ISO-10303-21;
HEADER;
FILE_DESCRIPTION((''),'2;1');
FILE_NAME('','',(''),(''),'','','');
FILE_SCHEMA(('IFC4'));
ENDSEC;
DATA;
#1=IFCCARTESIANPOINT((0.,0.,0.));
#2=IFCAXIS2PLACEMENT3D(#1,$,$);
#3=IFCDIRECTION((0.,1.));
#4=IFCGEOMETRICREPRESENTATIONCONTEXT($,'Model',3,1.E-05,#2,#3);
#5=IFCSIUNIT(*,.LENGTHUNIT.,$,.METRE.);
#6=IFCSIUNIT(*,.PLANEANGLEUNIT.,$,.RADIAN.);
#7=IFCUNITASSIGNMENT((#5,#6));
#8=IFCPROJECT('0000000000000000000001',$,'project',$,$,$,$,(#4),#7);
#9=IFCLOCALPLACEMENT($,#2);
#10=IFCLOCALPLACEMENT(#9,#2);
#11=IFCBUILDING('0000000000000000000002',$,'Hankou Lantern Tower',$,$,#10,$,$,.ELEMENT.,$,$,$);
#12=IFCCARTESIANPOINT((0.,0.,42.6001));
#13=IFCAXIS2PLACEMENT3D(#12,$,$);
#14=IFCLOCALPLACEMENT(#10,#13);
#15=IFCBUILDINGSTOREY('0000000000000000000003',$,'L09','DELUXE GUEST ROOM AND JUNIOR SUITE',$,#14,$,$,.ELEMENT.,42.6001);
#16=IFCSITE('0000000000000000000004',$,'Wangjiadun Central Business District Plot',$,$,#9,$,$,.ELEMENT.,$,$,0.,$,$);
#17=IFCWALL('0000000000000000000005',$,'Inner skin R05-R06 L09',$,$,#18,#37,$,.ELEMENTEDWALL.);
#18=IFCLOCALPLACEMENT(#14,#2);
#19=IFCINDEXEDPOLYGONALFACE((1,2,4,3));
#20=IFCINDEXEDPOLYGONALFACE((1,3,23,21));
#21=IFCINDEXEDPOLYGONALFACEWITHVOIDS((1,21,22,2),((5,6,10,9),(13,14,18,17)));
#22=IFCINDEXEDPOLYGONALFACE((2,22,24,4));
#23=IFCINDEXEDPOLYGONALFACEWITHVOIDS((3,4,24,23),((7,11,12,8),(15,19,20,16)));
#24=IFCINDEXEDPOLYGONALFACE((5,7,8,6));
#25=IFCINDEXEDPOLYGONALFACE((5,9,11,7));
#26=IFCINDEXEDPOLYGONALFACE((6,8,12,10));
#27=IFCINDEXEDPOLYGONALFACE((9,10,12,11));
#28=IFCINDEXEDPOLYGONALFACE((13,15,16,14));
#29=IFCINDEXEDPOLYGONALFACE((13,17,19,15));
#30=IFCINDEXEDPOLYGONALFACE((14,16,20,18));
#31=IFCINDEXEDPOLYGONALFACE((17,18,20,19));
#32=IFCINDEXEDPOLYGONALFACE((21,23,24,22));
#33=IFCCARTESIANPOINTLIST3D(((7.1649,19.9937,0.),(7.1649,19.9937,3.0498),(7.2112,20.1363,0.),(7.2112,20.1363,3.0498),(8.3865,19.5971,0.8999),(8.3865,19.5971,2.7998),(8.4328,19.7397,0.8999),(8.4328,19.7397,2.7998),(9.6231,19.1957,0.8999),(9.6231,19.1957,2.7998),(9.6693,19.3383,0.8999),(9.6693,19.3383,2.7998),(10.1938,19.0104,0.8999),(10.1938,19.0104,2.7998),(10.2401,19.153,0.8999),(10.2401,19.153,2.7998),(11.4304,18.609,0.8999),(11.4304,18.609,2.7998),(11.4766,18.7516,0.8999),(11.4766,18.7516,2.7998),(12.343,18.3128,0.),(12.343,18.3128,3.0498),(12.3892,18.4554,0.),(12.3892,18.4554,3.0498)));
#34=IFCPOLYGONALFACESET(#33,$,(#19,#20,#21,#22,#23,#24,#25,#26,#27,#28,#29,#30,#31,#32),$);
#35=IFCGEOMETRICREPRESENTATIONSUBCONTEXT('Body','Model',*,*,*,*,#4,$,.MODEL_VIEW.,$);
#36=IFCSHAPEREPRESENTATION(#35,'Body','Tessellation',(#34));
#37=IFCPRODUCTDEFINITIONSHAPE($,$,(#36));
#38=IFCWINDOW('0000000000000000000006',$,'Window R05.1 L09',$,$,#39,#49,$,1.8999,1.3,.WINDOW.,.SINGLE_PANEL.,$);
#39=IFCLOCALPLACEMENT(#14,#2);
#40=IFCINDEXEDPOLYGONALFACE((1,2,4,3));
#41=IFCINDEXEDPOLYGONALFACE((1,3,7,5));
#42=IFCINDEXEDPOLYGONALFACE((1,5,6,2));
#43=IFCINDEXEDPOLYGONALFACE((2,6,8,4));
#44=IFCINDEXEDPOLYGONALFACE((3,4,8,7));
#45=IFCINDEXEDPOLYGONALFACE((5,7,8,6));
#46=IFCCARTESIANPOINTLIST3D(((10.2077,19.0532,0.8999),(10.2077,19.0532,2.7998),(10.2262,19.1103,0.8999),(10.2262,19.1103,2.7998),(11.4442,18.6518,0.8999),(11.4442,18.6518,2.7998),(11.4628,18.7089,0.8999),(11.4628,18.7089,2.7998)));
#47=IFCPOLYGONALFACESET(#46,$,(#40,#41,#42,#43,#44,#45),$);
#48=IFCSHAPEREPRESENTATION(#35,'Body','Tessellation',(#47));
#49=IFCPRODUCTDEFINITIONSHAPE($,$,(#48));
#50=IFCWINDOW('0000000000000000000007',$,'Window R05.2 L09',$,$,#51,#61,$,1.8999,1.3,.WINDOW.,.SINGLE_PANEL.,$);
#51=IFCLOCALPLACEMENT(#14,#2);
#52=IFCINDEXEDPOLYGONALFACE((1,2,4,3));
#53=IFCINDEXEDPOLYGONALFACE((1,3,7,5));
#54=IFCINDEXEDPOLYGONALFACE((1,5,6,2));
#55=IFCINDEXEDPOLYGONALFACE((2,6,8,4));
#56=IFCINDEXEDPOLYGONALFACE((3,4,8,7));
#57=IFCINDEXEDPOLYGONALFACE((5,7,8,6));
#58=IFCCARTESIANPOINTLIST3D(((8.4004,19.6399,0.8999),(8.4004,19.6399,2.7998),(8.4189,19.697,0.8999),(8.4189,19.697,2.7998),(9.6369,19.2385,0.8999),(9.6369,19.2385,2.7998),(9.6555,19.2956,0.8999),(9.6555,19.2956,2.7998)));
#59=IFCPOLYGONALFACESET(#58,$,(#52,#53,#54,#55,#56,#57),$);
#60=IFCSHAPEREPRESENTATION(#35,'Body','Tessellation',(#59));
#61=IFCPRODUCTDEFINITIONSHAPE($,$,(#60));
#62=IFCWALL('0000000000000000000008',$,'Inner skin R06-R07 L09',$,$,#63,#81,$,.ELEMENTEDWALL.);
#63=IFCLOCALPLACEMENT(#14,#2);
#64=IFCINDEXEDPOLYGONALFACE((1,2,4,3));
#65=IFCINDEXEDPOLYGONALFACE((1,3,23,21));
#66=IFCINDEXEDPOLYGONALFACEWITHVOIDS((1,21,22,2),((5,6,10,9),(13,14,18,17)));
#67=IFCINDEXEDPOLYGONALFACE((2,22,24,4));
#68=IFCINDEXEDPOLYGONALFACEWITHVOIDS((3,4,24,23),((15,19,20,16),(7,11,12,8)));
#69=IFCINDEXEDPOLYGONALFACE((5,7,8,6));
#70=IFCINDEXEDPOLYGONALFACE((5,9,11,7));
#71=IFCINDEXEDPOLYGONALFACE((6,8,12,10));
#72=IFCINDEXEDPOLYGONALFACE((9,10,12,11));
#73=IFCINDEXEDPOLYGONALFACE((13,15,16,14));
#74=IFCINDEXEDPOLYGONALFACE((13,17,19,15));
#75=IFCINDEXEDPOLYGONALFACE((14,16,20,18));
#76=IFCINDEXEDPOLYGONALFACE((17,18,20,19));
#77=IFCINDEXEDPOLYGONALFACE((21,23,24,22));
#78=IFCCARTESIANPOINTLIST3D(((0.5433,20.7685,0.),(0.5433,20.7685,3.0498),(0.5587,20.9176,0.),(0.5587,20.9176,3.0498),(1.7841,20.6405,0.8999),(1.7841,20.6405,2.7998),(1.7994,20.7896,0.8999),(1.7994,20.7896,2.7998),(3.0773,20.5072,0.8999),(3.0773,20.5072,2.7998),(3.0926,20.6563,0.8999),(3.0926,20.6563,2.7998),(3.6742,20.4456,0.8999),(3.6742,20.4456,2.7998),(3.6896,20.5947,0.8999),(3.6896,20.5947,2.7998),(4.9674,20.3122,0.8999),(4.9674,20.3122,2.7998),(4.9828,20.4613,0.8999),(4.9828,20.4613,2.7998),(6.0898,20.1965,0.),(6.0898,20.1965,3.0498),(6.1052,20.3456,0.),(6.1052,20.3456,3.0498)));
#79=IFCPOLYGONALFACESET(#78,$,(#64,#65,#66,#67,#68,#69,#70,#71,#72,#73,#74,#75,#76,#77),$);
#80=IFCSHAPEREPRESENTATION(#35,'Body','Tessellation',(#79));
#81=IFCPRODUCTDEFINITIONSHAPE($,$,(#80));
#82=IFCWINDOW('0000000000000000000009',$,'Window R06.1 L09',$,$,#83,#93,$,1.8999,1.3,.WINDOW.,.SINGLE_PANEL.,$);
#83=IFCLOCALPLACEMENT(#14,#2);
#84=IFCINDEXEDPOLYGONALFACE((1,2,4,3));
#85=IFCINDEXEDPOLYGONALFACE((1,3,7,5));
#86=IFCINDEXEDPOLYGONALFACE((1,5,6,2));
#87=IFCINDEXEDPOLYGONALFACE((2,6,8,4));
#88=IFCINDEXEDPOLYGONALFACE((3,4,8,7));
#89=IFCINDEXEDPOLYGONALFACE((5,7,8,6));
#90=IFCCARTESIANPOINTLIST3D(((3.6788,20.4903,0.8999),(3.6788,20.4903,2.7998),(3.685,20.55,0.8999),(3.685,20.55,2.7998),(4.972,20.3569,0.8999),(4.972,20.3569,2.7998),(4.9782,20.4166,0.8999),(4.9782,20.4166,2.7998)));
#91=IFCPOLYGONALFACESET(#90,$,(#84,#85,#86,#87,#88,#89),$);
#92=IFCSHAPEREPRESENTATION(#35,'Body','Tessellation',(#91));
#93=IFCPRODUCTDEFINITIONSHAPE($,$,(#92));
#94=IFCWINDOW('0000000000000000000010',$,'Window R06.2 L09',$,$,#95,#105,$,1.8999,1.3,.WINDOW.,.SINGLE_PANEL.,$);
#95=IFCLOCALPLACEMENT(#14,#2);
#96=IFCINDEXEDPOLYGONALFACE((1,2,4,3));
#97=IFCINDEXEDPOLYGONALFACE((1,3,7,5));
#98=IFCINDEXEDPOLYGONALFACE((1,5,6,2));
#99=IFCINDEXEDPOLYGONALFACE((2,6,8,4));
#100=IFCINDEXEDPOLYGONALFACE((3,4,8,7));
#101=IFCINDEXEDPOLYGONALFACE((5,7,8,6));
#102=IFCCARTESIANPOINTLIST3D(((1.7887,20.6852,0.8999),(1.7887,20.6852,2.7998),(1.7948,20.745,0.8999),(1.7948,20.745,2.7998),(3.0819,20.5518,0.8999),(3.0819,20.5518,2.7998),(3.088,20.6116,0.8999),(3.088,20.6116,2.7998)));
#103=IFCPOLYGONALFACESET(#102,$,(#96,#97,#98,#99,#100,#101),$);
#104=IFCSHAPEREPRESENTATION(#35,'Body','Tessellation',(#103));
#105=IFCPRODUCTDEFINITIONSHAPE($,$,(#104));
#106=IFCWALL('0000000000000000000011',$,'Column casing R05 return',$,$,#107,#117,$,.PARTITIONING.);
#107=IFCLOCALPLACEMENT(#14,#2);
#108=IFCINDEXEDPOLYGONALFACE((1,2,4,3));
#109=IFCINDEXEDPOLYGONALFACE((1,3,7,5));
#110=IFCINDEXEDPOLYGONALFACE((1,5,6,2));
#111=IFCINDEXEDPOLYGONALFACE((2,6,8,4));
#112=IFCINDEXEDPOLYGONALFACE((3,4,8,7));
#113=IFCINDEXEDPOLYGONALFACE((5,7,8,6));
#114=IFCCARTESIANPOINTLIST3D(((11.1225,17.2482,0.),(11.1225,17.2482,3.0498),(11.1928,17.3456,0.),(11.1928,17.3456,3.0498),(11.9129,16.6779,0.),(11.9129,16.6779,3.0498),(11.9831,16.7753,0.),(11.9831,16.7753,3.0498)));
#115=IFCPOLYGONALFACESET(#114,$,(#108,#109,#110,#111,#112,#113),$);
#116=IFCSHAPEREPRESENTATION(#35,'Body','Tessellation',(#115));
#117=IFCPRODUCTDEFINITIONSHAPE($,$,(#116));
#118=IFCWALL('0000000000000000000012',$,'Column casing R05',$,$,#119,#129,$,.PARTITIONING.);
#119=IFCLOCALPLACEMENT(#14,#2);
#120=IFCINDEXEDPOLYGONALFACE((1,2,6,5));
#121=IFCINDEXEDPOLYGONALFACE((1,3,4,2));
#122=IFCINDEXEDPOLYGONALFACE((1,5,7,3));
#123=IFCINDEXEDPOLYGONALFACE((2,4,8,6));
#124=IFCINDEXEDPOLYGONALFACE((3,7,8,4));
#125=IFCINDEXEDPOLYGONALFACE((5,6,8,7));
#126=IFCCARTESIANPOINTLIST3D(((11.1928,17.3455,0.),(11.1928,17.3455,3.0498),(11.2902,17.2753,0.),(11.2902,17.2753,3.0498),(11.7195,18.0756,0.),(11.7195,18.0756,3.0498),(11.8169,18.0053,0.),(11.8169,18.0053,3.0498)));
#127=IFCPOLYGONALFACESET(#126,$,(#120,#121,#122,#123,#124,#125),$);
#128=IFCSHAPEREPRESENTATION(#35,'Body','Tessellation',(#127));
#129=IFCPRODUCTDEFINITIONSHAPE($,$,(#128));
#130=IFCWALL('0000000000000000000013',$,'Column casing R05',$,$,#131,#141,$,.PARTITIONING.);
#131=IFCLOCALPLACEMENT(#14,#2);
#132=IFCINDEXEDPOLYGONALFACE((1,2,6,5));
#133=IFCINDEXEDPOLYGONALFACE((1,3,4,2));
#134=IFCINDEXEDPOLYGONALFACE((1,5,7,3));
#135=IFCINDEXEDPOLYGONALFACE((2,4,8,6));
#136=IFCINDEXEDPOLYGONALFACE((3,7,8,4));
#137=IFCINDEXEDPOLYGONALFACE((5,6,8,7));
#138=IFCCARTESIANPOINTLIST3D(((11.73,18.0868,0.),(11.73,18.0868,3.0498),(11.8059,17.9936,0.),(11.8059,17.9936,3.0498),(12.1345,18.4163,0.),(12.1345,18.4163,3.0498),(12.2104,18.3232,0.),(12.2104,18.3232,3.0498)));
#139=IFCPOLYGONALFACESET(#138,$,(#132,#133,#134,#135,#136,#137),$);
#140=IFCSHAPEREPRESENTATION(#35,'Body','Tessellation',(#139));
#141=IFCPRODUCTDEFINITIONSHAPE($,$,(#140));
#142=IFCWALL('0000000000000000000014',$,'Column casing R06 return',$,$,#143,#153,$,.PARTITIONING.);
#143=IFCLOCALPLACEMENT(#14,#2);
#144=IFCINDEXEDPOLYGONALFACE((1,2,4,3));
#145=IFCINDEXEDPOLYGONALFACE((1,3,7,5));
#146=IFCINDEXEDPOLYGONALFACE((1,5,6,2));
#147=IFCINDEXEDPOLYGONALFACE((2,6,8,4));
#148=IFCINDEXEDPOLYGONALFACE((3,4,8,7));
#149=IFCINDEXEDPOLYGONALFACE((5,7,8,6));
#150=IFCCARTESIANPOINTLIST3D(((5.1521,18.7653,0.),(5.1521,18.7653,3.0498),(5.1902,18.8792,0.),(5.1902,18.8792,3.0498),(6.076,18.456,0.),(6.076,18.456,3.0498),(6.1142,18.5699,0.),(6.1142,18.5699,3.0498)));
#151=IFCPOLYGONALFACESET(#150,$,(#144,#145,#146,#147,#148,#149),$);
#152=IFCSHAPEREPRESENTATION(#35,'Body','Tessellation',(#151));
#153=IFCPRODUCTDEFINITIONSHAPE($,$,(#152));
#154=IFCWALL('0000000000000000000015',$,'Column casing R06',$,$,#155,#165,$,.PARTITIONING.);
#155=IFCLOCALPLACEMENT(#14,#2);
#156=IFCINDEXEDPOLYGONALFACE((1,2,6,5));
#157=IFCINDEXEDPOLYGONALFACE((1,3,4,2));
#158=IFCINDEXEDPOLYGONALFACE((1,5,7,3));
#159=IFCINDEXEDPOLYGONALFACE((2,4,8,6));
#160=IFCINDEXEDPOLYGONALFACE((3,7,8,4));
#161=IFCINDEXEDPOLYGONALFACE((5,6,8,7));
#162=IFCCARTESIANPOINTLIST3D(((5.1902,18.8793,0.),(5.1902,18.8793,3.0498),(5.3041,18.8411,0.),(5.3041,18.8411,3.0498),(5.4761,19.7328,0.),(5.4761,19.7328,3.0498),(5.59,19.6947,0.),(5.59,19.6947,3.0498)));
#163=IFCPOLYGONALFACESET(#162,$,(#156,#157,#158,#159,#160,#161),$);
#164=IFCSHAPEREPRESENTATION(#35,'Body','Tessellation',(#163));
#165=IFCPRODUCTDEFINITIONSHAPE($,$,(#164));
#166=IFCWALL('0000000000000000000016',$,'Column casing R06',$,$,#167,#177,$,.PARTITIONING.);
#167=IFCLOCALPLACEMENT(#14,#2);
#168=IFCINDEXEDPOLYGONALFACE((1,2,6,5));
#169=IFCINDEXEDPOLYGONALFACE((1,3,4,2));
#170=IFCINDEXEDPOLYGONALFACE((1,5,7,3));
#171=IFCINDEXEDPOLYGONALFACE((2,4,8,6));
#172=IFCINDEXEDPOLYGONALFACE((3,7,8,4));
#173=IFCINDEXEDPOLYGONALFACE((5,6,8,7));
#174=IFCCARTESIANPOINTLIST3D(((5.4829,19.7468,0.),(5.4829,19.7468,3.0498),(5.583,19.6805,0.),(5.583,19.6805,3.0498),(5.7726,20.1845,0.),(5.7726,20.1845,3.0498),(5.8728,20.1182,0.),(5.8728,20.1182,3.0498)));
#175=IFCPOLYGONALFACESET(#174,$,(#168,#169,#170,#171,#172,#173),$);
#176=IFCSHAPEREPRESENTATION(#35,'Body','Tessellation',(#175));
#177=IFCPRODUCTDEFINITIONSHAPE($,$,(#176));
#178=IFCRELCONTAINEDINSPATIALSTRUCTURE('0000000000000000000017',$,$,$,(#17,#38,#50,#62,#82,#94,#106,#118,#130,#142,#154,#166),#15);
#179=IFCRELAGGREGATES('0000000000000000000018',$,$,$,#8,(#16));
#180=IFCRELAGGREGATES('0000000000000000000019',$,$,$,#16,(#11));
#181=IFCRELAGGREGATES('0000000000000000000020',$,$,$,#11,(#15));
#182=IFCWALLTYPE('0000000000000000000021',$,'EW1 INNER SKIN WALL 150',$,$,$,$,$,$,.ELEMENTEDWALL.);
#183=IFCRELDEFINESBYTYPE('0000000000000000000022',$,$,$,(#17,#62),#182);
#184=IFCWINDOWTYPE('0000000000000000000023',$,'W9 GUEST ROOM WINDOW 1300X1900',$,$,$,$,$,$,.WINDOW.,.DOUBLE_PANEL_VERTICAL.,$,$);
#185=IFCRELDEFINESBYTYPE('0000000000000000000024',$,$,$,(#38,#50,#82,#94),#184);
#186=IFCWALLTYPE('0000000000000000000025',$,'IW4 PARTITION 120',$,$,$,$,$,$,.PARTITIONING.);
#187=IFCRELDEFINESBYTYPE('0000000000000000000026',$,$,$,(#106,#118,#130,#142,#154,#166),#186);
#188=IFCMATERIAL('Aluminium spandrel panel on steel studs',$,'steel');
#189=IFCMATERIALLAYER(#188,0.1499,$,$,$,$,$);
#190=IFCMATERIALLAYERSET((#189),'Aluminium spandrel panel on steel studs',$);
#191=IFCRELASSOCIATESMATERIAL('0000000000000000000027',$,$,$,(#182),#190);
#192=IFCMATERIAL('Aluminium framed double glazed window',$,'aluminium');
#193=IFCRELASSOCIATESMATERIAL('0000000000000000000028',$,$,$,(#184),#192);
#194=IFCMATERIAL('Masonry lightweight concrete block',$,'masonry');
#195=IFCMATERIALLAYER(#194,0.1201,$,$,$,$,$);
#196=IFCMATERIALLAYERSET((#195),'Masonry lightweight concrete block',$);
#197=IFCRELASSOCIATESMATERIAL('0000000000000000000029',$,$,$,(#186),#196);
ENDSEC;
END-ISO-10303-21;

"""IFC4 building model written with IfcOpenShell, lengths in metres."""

from ifc_helpers import new_model, si_unit, direction, frame, frame_2d, origin, place, context, subcontext, project, spatial, rectangle, extrude, material, layer, layer_set, type_object, element, fill, save


model = new_model("IFC4")

# Units and contexts
model_context = context("Model", 3, precision=1e-05, world=origin(), true_north=direction((0.0, 1.0)))
body_context = subcontext(model_context, "Body", "Model", "MODEL_VIEW")
ifc_project = project(units=[si_unit("LENGTHUNIT", "METRE"), si_unit("PLANEANGLEUNIT", "RADIAN")], contexts=[model_context])

# Site, building, storey
site_placement = place(None, origin())
site = spatial("IfcSite", under=ifc_project, at=site_placement, Name="Wangjiadun Central Business District Plot", CompositionType="ELEMENT", RefElevation=0.0)
building_placement = place(site_placement, origin())
building = spatial("IfcBuilding", under=site, at=building_placement, Name="Hankou Lantern Tower", CompositionType="ELEMENT")
storey_placement = place(building_placement, frame((0.0, 0.0, 42.6001)))
storey = spatial("IfcBuildingStorey", under=building, at=storey_placement, Name="L09", Description="DELUXE GUEST ROOM AND JUNIOR SUITE", CompositionType="ELEMENT", Elevation=42.6001)

# Walls, openings, windows
ifc_material_1 = material(Name="Aluminium spandrel panel on steel studs", Category="steel")
ifc_layer_1 = layer(ifc_material_1, 0.1499)
ifc_layer_set_1 = layer_set([ifc_layer_1], Name="Aluminium spandrel panel on steel studs")
wall_type_1 = type_object("IfcWallType", Name="EW1 INNER SKIN WALL 150", PredefinedType="ELEMENTEDWALL", material=ifc_layer_set_1)
wall_1_placement = place(storey_placement, frame((12.3662, 18.384, 0.0), z_axis=(0.0, 0.0, 1.0), x_axis=(-0.951138, 0.308765, 0.0)))
wall_1 = element("IfcWall", 1, at=wall_1_placement, inside=storey, type_object=wall_type_1, Name="Inner skin R05-R06 L09", PredefinedType="ELEMENTEDWALL", context=body_context, shape_type="SweptSolid", body=[
    extrude(rectangle(XDim=5.4441, YDim=0.1499, at=frame_2d((2.7222, 0.0))), origin(), (0.0, 0.0, 1.0), 3.0498),
])
opening_1_placement = place(wall_1_placement, frame((0.9597, 0.0, 0.8999)))
opening_1 = element("IfcOpeningElement", 2, at=opening_1_placement, cuts=wall_1, PredefinedType="OPENING", context=body_context, shape_type="SweptSolid", body=[
    extrude(rectangle(XDim=1.3, YDim=1.8999, at=frame_2d((0.6499, 0.95))), frame((0.0, 0.085, 0.0), z_axis=(0.0, -1.0, 0.0), x_axis=(1.0, 0.0, 0.0)), (0.0, 0.0, 1.0), 0.1699),
])
opening_2_placement = place(wall_1_placement, frame((2.8599, 0.0, 0.8999)))
opening_2 = element("IfcOpeningElement", 3, at=opening_2_placement, cuts=wall_1, PredefinedType="OPENING", context=body_context, shape_type="SweptSolid", body=[
    extrude(rectangle(XDim=1.3, YDim=1.8999, at=frame_2d((0.6499, 0.95))), frame((0.0, 0.085, 0.0), z_axis=(0.0, -1.0, 0.0), x_axis=(1.0, 0.0, 0.0)), (0.0, 0.0, 1.0), 0.1699),
])
ifc_material_2 = material(Name="Aluminium framed double glazed window", Category="aluminium")
window_type = type_object("IfcWindowType", Name="W9 GUEST ROOM WINDOW 1300X1900", PartitioningType="DOUBLE_PANEL_VERTICAL", PredefinedType="WINDOW", material=ifc_material_2)
window_1_placement = place(opening_1_placement, origin())
window_1 = element("IfcWindow", 4, at=window_1_placement, inside=storey, type_object=window_type, Name="Window R05.1 L09", OverallHeight=1.8999, OverallWidth=1.3, PartitioningType="SINGLE_PANEL", PredefinedType="WINDOW", context=body_context, shape_type="SweptSolid", body=[
    extrude(rectangle(XDim=1.3, YDim=1.8999, at=frame_2d((0.6499, 0.95))), frame((0.0, 0.03, 0.0), z_axis=(0.0, -1.0, 0.0), x_axis=(1.0, 0.0, 0.0)), (0.0, 0.0, 1.0), 0.0601),
])
fill(opening_1, window_1)
window_2_placement = place(opening_2_placement, origin())
window_2 = element("IfcWindow", 5, at=window_2_placement, inside=storey, type_object=window_type, Name="Window R05.2 L09", OverallHeight=1.8999, OverallWidth=1.3, PartitioningType="SINGLE_PANEL", PredefinedType="WINDOW", context=body_context, shape_type="SweptSolid", body=[
    extrude(rectangle(XDim=1.3, YDim=1.8999, at=frame_2d((0.6499, 0.95))), frame((0.0, 0.03, 0.0), z_axis=(0.0, -1.0, 0.0), x_axis=(1.0, 0.0, 0.0)), (0.0, 0.0, 1.0), 0.0601),
])
fill(opening_2, window_2)
wall_2_placement = place(storey_placement, frame((6.0977, 20.271, 0.0), z_axis=(0.0, 0.0, 1.0), x_axis=(-0.994724, 0.10259, 0.0)))
wall_2 = element("IfcWall", 6, at=wall_2_placement, inside=storey, type_object=wall_type_1, Name="Inner skin R06-R07 L09", PredefinedType="ELEMENTEDWALL", context=body_context, shape_type="SweptSolid", body=[
    extrude(rectangle(XDim=5.5759, YDim=0.1499, at=frame_2d((2.7881, 0.0))), origin(), (0.0, 0.0, 1.0), 3.0498),
])
opening_3_placement = place(wall_2_placement, frame((1.1287, 0.0, 0.8999)))
opening_3 = element("IfcOpeningElement", 7, at=opening_3_placement, cuts=wall_2, PredefinedType="OPENING", context=body_context, shape_type="SweptSolid", body=[
    extrude(rectangle(XDim=1.3, YDim=1.8999, at=frame_2d((0.6499, 0.95))), frame((0.0, 0.085, 0.0), z_axis=(0.0, -1.0, 0.0), x_axis=(1.0, 0.0, 0.0)), (0.0, 0.0, 1.0), 0.1699),
])
opening_4_placement = place(wall_2_placement, frame((3.0288, 0.0, 0.8999)))
opening_4 = element("IfcOpeningElement", 8, at=opening_4_placement, cuts=wall_2, PredefinedType="OPENING", context=body_context, shape_type="SweptSolid", body=[
    extrude(rectangle(XDim=1.3, YDim=1.8999, at=frame_2d((0.6499, 0.95))), frame((0.0, 0.085, 0.0), z_axis=(0.0, -1.0, 0.0), x_axis=(1.0, 0.0, 0.0)), (0.0, 0.0, 1.0), 0.1699),
])
window_3_placement = place(opening_3_placement, origin())
window_3 = element("IfcWindow", 9, at=window_3_placement, inside=storey, type_object=window_type, Name="Window R06.1 L09", OverallHeight=1.8999, OverallWidth=1.3, PartitioningType="SINGLE_PANEL", PredefinedType="WINDOW", context=body_context, shape_type="SweptSolid", body=[
    extrude(rectangle(XDim=1.3, YDim=1.8999, at=frame_2d((0.6499, 0.95))), frame((0.0, 0.03, 0.0), z_axis=(0.0, -1.0, 0.0), x_axis=(1.0, 0.0, 0.0)), (0.0, 0.0, 1.0), 0.0601),
])
fill(opening_3, window_3)
window_4_placement = place(opening_4_placement, origin())
window_4 = element("IfcWindow", 10, at=window_4_placement, inside=storey, type_object=window_type, Name="Window R06.2 L09", OverallHeight=1.8999, OverallWidth=1.3, PartitioningType="SINGLE_PANEL", PredefinedType="WINDOW", context=body_context, shape_type="SweptSolid", body=[
    extrude(rectangle(XDim=1.3, YDim=1.8999, at=frame_2d((0.6499, 0.95))), frame((0.0, 0.03, 0.0), z_axis=(0.0, -1.0, 0.0), x_axis=(1.0, 0.0, 0.0)), (0.0, 0.0, 1.0), 0.0601),
])
fill(opening_4, window_4)

# Walls
ifc_material_3 = material(Name="Masonry lightweight concrete block", Category="masonry")
ifc_layer_2 = layer(ifc_material_3, 0.1201)
ifc_layer_set_2 = layer_set([ifc_layer_2], Name="Masonry lightweight concrete block")
wall_type_2 = type_object("IfcWallType", Name="IW4 PARTITION 120", PredefinedType="PARTITIONING", material=ifc_layer_set_2)
wall_3_placement = place(storey_placement, frame((11.948, 16.7266, 0.0), z_axis=(0.0, 0.0, 1.0), x_axis=(-0.810897, 0.585189, 0.0)))
element("IfcWall", 11, at=wall_3_placement, inside=storey, type_object=wall_type_2, Name="Column casing R05 return", PredefinedType="PARTITIONING", context=body_context, shape_type="SweptSolid", body=[
    extrude(rectangle(XDim=0.9746, YDim=0.1201, at=frame_2d((0.4873, 0.0))), origin(), (0.0, 0.0, 1.0), 3.0498),
])
wall_4_placement = place(storey_placement, frame((11.2415, 17.3103, 0.0), z_axis=(0.0, 0.0, 1.0), x_axis=(0.585055, 0.810994, 0.0)))
element("IfcWall", 12, at=wall_4_placement, inside=storey, type_object=wall_type_2, Name="Column casing R05", PredefinedType="PARTITIONING", context=body_context, shape_type="SweptSolid", body=[
    extrude(rectangle(XDim=0.9001, YDim=0.1201, at=frame_2d((0.4502, 0.0))), origin(), (0.0, 0.0, 1.0), 3.0498),
])
wall_5_placement = place(storey_placement, frame((11.7681, 18.0403, 0.0), z_axis=(0.0, 0.0, 1.0), x_axis=(0.775269, 0.631631, 0.0)))
element("IfcWall", 13, at=wall_5_placement, inside=storey, type_object=wall_type_2, Name="Column casing R05", PredefinedType="PARTITIONING", context=body_context, shape_type="SweptSolid", body=[
    extrude(rectangle(XDim=0.5217, YDim=0.1201, at=frame_2d((0.2607, 0.0))), origin(), (0.0, 0.0, 1.0), 3.0498),
])
wall_6_placement = place(storey_placement, frame((6.0952, 18.5129, 0.0), z_axis=(0.0, 0.0, 1.0), x_axis=(-0.948282, 0.31743, 0.0)))
element("IfcWall", 14, at=wall_6_placement, inside=storey, type_object=wall_type_2, Name="Column casing R06 return", PredefinedType="PARTITIONING", context=body_context, shape_type="SweptSolid", body=[
    extrude(rectangle(XDim=0.9744, YDim=0.1201, at=frame_2d((0.4873, 0.0))), origin(), (0.0, 0.0, 1.0), 3.0498),
])
wall_7_placement = place(storey_placement, frame((5.2471, 18.8601, 0.0), z_axis=(0.0, 0.0, 1.0), x_axis=(0.317611, 0.948221, 0.0)))
element("IfcWall", 15, at=wall_7_placement, inside=storey, type_object=wall_type_2, Name="Column casing R06", PredefinedType="PARTITIONING", context=body_context, shape_type="SweptSolid", body=[
    extrude(rectangle(XDim=0.9001, YDim=0.1201, at=frame_2d((0.4502, 0.0))), origin(), (0.0, 0.0, 1.0), 3.0498),
])
wall_8_placement = place(storey_placement, frame((5.533, 19.7136, 0.0), z_axis=(0.0, 0.0, 1.0), x_axis=(0.552014, 0.833835, 0.0)))
element("IfcWall", 16, at=wall_8_placement, inside=storey, type_object=wall_type_2, Name="Column casing R06", PredefinedType="PARTITIONING", context=body_context, shape_type="SweptSolid", body=[
    extrude(rectangle(XDim=0.5249, YDim=0.1201, at=frame_2d((0.2625, 0.0))), origin(), (0.0, 0.0, 1.0), 3.0498),
])

save(model, "model.ifc")
